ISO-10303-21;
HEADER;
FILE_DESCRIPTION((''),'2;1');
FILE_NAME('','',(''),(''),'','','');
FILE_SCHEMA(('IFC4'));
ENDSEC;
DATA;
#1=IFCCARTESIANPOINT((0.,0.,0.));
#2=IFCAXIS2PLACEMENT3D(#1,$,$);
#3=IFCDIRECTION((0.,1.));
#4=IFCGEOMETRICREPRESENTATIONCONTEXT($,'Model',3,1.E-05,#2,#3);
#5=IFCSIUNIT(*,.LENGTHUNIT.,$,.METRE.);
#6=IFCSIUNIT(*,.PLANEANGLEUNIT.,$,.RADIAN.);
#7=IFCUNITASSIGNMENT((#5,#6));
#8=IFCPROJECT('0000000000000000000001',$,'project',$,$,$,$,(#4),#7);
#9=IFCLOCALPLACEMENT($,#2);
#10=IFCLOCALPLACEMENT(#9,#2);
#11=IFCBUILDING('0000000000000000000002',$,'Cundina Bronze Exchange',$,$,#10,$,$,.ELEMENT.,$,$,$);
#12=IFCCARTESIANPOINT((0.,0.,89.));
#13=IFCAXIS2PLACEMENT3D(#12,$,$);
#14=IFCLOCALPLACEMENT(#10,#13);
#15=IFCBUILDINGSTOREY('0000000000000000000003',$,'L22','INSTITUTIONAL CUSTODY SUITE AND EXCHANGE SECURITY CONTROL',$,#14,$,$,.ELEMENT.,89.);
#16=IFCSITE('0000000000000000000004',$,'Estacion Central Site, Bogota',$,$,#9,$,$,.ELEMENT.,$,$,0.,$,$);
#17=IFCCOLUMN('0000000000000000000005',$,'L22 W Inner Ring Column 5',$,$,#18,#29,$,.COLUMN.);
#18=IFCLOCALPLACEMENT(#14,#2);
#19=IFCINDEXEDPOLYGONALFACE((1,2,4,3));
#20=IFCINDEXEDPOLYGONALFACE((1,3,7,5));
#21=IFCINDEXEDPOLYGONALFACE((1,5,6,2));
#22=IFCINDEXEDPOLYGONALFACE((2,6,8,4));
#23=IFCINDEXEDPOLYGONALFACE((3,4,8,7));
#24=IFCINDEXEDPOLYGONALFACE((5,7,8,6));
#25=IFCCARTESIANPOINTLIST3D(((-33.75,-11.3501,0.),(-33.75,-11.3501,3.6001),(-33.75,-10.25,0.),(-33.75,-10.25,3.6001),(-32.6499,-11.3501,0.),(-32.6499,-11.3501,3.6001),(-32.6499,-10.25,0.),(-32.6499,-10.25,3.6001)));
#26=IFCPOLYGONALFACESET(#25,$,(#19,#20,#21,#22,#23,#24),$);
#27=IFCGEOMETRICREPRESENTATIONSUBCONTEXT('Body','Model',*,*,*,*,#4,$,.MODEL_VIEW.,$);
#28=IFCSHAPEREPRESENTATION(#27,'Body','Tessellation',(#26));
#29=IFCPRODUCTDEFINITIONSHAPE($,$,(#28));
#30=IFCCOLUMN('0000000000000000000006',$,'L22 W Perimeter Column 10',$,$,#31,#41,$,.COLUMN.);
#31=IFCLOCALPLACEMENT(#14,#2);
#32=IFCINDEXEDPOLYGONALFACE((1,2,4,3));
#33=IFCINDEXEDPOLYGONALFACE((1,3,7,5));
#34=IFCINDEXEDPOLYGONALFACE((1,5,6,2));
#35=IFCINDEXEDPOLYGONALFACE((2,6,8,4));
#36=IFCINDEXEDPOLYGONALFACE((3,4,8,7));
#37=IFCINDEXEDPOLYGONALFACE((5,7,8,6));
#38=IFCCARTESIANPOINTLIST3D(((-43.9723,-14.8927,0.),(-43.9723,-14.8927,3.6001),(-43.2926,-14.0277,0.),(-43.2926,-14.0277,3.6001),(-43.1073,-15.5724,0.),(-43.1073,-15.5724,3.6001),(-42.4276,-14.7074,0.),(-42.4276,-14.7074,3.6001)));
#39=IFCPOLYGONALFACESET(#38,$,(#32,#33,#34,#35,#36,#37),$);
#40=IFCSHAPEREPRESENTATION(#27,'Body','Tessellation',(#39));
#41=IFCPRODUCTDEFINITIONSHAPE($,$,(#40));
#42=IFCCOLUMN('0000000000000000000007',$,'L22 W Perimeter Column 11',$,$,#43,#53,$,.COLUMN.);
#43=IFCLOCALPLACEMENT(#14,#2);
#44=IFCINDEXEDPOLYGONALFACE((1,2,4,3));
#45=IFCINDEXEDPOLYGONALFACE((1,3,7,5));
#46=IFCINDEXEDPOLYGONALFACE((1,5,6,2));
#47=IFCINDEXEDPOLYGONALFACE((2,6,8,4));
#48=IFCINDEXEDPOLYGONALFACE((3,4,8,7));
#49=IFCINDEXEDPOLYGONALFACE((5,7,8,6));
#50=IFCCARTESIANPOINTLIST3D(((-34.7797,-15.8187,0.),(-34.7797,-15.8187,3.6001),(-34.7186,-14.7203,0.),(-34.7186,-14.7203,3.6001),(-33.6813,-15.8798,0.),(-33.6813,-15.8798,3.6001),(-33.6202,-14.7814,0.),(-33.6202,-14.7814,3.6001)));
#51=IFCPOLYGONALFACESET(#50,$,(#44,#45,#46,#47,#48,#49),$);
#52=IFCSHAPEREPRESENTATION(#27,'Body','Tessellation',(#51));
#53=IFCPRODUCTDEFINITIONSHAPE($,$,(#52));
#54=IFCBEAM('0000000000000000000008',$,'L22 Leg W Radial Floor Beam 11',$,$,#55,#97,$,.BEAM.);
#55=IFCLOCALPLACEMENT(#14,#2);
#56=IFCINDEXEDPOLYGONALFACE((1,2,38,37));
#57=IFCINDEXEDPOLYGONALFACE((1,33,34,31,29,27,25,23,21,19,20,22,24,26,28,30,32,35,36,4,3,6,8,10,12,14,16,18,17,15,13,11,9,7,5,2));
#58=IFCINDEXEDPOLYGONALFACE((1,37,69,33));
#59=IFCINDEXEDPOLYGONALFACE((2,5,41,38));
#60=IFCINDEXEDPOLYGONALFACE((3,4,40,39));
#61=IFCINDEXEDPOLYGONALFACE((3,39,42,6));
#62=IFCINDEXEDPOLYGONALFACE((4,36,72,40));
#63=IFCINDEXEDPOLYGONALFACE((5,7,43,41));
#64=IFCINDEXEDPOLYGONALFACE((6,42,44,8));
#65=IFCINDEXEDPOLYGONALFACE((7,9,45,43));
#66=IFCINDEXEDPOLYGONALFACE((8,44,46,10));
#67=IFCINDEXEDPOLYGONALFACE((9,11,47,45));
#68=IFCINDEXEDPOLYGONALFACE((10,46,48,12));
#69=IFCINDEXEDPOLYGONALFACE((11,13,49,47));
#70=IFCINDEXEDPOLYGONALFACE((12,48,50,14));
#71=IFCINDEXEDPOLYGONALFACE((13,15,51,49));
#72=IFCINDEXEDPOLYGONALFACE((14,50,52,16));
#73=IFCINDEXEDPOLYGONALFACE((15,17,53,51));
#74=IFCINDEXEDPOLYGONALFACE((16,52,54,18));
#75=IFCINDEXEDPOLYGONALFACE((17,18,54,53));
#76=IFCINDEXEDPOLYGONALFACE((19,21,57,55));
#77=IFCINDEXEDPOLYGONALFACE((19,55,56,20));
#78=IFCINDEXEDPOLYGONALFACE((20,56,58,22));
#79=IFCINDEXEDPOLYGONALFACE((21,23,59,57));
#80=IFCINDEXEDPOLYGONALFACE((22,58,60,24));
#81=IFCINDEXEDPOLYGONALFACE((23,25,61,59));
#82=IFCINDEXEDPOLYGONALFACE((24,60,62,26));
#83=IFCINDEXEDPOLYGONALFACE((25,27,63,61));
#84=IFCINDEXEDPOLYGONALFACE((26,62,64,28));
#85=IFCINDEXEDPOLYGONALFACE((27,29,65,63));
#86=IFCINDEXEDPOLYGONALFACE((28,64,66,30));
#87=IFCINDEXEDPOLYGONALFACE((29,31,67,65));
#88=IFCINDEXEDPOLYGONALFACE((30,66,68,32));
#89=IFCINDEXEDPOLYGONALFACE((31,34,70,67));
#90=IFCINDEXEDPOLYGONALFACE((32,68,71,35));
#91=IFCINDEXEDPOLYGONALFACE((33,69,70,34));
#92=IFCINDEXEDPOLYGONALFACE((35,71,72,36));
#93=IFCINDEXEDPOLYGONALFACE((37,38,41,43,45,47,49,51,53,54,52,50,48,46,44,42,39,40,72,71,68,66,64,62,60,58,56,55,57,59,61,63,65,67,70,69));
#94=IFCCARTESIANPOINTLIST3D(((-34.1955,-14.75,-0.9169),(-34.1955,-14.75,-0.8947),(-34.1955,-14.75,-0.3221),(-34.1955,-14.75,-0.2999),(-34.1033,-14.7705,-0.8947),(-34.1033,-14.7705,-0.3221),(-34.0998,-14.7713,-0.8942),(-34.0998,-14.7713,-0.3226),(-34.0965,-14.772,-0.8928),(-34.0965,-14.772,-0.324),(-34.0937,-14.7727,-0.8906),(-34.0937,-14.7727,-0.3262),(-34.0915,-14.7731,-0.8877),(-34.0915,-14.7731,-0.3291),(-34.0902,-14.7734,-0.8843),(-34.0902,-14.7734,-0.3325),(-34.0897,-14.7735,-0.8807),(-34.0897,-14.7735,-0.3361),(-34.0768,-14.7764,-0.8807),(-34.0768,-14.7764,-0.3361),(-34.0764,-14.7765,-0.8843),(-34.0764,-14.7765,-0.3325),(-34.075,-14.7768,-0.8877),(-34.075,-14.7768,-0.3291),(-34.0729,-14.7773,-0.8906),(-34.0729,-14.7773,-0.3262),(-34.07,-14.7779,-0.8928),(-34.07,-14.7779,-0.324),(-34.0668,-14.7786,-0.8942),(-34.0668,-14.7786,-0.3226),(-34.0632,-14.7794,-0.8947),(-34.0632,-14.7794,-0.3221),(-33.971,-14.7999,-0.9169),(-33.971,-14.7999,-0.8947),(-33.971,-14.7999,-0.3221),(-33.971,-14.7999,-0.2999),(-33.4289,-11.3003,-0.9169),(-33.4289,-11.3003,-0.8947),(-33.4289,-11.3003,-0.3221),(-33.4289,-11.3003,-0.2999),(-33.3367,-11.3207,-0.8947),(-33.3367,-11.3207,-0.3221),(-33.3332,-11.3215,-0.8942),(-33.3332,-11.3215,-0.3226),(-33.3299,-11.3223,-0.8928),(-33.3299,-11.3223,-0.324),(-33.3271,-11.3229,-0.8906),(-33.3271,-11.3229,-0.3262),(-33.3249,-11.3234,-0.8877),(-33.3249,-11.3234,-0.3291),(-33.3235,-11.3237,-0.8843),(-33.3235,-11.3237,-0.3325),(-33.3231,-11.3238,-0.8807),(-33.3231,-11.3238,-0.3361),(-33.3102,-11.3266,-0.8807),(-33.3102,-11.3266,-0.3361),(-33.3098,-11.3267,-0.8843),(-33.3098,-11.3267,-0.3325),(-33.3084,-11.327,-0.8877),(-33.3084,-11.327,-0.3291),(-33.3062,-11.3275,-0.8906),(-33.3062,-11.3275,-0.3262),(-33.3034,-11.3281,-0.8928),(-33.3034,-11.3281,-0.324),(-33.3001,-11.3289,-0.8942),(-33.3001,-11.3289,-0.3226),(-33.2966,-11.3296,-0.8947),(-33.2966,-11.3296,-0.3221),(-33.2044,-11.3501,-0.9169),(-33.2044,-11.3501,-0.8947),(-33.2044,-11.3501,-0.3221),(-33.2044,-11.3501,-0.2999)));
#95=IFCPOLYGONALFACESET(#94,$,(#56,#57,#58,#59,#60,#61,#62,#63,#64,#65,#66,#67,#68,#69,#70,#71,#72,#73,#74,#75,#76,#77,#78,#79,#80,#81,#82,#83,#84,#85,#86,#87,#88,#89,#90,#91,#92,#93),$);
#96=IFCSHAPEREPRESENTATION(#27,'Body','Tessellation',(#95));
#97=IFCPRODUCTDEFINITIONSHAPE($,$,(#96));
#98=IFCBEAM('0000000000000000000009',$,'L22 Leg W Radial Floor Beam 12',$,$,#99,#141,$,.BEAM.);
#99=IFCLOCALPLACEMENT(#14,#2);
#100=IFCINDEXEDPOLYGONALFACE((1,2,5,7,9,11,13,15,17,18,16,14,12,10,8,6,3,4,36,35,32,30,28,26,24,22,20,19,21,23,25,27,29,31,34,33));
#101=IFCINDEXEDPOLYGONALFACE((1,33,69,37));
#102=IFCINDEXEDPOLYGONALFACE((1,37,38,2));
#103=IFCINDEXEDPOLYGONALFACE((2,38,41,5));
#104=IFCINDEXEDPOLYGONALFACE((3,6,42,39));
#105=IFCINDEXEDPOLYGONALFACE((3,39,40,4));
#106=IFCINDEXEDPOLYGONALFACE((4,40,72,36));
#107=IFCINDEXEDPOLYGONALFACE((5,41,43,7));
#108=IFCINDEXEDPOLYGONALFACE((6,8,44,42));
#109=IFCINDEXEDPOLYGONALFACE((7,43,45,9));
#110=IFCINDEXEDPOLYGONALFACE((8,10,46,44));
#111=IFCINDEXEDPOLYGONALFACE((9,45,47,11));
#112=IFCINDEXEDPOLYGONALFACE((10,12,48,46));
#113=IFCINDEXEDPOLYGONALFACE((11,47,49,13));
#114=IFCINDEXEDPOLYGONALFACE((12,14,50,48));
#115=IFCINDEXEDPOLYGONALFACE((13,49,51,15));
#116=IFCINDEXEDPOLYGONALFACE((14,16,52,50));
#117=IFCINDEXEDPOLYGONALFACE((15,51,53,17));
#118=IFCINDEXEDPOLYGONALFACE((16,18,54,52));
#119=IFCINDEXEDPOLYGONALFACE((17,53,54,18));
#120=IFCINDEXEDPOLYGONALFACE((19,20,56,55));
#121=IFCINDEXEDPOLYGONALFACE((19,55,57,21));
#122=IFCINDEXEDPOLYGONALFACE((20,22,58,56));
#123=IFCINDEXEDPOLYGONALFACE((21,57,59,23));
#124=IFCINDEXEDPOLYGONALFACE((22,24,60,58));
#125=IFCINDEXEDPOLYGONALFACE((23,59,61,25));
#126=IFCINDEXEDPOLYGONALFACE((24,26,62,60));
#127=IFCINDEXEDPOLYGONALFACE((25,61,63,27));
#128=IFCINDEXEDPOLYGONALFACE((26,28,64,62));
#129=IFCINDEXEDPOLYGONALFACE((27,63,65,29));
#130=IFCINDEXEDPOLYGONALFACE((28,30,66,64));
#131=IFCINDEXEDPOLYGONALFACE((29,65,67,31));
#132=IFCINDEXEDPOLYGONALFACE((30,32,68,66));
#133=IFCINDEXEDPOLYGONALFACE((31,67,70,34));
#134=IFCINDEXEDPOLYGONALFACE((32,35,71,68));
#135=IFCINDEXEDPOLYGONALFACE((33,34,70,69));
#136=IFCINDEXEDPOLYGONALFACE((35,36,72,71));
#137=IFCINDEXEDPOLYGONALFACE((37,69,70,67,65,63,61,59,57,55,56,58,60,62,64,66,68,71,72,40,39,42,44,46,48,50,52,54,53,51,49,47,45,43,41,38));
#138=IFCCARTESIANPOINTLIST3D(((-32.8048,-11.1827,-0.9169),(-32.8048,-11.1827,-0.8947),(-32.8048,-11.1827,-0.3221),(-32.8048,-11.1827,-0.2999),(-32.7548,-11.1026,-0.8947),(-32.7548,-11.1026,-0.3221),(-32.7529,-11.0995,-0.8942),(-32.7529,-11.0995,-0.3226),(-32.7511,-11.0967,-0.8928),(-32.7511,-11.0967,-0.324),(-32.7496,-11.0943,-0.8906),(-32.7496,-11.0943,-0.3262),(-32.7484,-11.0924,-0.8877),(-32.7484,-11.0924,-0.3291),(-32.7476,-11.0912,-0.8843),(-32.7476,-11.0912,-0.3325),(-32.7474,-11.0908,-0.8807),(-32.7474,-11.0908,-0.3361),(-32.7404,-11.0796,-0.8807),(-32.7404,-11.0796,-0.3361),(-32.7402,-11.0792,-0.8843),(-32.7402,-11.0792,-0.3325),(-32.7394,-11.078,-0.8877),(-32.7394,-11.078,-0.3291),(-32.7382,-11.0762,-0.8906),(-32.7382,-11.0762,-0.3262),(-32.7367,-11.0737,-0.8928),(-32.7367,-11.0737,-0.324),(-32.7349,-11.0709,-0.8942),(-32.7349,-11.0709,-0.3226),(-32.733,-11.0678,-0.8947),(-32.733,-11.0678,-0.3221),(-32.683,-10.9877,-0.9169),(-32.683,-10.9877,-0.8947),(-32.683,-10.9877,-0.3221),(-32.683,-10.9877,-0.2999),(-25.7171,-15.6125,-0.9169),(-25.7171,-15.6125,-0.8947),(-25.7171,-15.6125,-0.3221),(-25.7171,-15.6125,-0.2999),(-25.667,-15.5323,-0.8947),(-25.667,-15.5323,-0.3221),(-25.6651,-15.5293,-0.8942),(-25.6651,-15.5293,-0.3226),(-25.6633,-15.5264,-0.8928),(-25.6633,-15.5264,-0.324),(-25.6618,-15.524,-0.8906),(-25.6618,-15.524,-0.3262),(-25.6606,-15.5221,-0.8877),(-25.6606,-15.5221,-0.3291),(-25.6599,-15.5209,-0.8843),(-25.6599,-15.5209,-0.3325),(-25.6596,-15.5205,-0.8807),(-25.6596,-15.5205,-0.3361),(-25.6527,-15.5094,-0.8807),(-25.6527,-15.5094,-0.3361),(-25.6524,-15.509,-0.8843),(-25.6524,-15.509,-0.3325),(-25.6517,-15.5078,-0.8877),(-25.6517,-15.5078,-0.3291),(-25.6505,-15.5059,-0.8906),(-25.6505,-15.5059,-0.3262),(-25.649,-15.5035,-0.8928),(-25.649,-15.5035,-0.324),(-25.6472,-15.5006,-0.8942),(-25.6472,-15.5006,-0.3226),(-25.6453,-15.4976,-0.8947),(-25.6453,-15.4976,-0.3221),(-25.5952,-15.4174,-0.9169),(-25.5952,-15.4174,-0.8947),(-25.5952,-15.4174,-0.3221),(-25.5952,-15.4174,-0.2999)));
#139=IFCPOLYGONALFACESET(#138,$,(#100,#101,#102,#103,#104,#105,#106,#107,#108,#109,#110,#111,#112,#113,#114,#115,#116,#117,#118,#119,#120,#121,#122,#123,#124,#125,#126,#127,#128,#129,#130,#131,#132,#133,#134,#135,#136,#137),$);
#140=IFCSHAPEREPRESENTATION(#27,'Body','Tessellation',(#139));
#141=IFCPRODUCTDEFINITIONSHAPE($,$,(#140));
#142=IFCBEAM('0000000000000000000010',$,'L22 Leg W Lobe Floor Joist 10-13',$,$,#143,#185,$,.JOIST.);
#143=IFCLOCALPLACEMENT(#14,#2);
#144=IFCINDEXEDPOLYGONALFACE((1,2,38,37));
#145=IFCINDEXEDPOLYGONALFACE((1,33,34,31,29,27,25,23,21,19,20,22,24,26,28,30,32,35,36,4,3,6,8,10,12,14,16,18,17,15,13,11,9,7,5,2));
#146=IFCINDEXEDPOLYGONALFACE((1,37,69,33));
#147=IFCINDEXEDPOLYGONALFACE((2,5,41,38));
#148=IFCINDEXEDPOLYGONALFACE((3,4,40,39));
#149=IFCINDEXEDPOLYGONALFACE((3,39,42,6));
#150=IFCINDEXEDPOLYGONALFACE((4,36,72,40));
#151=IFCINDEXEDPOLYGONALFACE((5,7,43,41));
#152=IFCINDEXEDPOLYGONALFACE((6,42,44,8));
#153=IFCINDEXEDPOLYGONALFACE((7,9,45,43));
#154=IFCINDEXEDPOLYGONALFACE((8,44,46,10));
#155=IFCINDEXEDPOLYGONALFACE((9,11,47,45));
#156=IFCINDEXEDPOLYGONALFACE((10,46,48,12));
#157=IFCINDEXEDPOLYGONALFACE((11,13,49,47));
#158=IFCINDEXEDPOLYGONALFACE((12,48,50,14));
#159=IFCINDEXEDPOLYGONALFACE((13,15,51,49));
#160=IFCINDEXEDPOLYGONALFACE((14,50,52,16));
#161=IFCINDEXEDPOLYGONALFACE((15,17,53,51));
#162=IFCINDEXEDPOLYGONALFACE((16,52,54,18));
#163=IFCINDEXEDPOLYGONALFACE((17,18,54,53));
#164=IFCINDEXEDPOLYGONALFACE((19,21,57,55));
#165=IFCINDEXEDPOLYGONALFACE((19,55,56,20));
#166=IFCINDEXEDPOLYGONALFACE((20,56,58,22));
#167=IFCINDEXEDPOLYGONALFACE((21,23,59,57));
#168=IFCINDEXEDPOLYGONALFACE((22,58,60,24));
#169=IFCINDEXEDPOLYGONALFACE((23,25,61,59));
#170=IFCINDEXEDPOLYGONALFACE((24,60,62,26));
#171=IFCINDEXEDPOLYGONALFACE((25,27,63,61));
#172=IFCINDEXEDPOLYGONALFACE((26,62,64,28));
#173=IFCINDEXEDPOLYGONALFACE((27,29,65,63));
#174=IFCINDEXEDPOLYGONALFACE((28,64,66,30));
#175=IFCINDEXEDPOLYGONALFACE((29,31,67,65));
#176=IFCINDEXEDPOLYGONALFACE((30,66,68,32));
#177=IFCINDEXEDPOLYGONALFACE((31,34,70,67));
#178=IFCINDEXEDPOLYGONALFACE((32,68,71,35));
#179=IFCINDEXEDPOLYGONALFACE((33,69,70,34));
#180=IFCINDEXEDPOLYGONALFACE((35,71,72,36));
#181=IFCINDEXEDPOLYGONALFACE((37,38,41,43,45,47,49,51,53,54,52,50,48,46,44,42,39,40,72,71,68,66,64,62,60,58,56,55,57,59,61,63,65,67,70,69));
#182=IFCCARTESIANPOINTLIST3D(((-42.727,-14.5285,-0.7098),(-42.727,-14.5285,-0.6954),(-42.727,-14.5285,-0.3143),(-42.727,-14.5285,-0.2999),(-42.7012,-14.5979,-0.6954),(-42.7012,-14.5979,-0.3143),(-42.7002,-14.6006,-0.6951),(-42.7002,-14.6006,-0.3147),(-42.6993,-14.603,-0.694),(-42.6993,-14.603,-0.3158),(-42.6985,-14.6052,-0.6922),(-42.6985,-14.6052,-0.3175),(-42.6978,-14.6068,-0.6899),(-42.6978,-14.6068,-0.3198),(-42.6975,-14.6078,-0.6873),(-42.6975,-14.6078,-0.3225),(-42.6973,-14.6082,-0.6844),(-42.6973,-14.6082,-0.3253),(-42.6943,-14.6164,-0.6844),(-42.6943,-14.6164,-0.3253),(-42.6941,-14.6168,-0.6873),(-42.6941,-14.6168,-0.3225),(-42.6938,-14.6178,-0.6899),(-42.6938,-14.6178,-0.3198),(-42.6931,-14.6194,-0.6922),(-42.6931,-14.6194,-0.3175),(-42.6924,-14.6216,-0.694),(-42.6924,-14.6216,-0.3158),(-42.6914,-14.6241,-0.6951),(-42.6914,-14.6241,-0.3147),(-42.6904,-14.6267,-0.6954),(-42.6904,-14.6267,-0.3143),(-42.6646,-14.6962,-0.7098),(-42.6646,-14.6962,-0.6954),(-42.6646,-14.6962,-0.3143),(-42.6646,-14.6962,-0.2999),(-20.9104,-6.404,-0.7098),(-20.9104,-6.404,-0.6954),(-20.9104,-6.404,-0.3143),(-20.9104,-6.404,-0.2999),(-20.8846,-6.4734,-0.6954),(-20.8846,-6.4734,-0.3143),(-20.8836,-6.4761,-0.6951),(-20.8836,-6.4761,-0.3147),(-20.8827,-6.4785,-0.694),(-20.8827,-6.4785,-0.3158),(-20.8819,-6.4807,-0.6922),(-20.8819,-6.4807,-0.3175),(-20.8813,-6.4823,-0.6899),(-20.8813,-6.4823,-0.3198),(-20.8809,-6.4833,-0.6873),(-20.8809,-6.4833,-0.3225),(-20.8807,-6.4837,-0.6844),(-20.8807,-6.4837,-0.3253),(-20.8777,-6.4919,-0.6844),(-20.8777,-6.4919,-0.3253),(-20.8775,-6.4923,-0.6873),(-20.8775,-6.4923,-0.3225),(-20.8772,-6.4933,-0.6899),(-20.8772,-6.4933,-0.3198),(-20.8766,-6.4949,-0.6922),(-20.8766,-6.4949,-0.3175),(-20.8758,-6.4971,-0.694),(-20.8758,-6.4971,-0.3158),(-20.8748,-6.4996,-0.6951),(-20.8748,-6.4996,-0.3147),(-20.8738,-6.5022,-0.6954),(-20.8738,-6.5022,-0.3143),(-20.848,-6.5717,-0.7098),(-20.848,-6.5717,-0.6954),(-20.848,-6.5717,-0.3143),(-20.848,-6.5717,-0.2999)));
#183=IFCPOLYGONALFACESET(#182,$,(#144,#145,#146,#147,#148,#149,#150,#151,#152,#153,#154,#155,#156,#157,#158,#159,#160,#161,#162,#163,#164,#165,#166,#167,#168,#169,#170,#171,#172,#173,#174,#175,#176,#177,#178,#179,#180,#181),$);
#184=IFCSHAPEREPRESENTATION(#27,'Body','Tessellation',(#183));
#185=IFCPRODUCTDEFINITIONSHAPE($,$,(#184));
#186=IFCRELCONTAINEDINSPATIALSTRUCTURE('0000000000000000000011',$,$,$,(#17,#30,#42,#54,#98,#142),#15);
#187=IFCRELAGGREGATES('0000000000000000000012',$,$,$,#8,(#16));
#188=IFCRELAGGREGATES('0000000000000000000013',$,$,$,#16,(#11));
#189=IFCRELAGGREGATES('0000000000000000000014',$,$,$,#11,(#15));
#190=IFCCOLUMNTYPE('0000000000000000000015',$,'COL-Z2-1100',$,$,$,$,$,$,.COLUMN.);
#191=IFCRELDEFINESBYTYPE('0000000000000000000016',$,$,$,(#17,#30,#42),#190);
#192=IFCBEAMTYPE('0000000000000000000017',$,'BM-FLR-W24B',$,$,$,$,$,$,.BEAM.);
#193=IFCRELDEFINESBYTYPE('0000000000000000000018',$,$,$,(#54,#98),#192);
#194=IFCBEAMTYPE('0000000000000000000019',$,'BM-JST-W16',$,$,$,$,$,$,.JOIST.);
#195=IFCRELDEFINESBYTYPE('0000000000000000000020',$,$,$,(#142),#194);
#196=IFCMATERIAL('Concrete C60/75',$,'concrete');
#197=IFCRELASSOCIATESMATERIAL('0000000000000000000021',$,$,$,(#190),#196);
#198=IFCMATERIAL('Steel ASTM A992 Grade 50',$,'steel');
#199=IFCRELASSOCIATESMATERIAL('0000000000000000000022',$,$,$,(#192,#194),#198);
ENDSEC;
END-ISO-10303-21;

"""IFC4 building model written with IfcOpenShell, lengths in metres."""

from ifc_helpers import new_model, si_unit, direction, frame, origin, origin_2d, place, context, subcontext, project, spatial, rectangle, i_section, extrude, material, material_profile, profile_set, type_object, element, save


model = new_model("IFC4")

# Units and contexts
model_context = context("Model", 3, precision=1e-05, world=origin(), true_north=direction((0.0, 1.0)))
body_context = subcontext(model_context, "Body", "Model", "MODEL_VIEW")
ifc_project = project(units=[si_unit("LENGTHUNIT", "METRE"), si_unit("PLANEANGLEUNIT", "RADIAN")], contexts=[model_context])

# Site, building, storey
site_placement = place(None, origin())
site = spatial("IfcSite", under=ifc_project, at=site_placement, Name="Estacion Central Site, Bogota", CompositionType="ELEMENT", RefElevation=0.0)
building_placement = place(site_placement, origin())
building = spatial("IfcBuilding", under=site, at=building_placement, Name="Cundina Bronze Exchange", CompositionType="ELEMENT")
storey_placement = place(building_placement, frame((0.0, 0.0, 89.0)))
storey = spatial("IfcBuildingStorey", under=building, at=storey_placement, Name="L22", Description="INSTITUTIONAL CUSTODY SUITE AND EXCHANGE SECURITY CONTROL", CompositionType="ELEMENT", Elevation=89.0)

# Columns
ifc_material_1 = material(Name="Concrete C60/75", Category="concrete")
ifc_material_profile_1 = material_profile(ifc_material_1, rectangle(XDim=1.1001, YDim=1.1001, at=origin_2d()), Name="RC1100X1100", Category="concrete")
ifc_profile_set_1 = profile_set([ifc_material_profile_1], Name="Concrete C60/75")
column_type = type_object("IfcColumnType", Name="COL-Z2-1100", PredefinedType="COLUMN", material=ifc_profile_set_1)
for number, where, z_axis, x_axis, name in (
    (1, (-33.2, -10.8, 0.0), (0.0, 0.0, 1.0), (1.0, 0.0, 0.0), "L22 W Inner Ring Column 5"),
    (2, (-43.2, -14.8, 0.0), (0.0, 0.0, 1.0), (0.786288, -0.61786, 0.0), "L22 W Perimeter Column 10"),
    (3, (-34.2, -15.3, 0.0), (0.0, 0.0, 1.0), (0.99846, -0.055473, 0.0), "L22 W Perimeter Column 11"),
):
    element("IfcColumn", number, at=place(storey_placement, frame(where, z_axis=z_axis, x_axis=x_axis)), inside=storey, type_object=column_type, Name=name, PredefinedType="COLUMN", context=body_context, shape_type="SweptSolid", body=[
        extrude(rectangle(XDim=1.1001, YDim=1.1001, at=origin_2d()), origin(), (0.0, 0.0, 1.0), 3.6001),
    ])

# Beams
ifc_material_2 = material(Name="Steel ASTM A992 Grade 50", Category="steel")
ifc_material_profile_2 = material_profile(ifc_material_2, i_section(OverallWidth=0.23, OverallDepth=0.6169, WebThickness=0.0132, FlangeThickness=0.0222, FilletRadius=0.0139, at=origin_2d()), Name="W24X94", Category="steel")
ifc_profile_set_2 = profile_set([ifc_material_profile_2], Name="Steel ASTM A992 Grade 50")
beam_type_1 = type_object("IfcBeamType", Name="BM-FLR-W24B", PredefinedType="BEAM", material=ifc_profile_set_2)
beam_1_placement = place(storey_placement, frame((-33.3167, -11.3252, -0.6084), z_axis=(-0.21693, -0.976187, 0.0), x_axis=(0.976187, -0.21693, 0.0)))
element("IfcBeam", 4, at=beam_1_placement, inside=storey, type_object=beam_type_1, Name="L22 Leg W Radial Floor Beam 11", PredefinedType="BEAM", context=body_context, shape_type="SweptSolid", body=[
    extrude(i_section(OverallWidth=0.23, OverallDepth=0.6169, WebThickness=0.0132, FlangeThickness=0.0222, FilletRadius=0.0139, at=origin_2d()), origin(), (0.0, 0.0, 1.0), 3.5339),
])
beam_2_placement = place(storey_placement, frame((-32.7439, -11.0852, -0.6084), z_axis=(0.848003, -0.529991, 0.0), x_axis=(0.529991, 0.848003, 0.0)))
element("IfcBeam", 5, at=beam_2_placement, inside=storey, type_object=beam_type_1, Name="L22 Leg W Radial Floor Beam 12", PredefinedType="BEAM", context=body_context, shape_type="SweptSolid", body=[
    extrude(i_section(OverallWidth=0.23, OverallDepth=0.6169, WebThickness=0.0132, FlangeThickness=0.0222, FilletRadius=0.0139, at=origin_2d()), origin(), (0.0, 0.0, 1.0), 8.3582),
])
ifc_material_profile_3 = material_profile(ifc_material_2, i_section(OverallWidth=0.179, OverallDepth=0.4099, WebThickness=0.0088, FlangeThickness=0.0144, FilletRadius=0.011, at=origin_2d()), Name="W16X45", Category="steel")
ifc_profile_set_3 = profile_set([ifc_material_profile_3], Name="Steel ASTM A992 Grade 50")
beam_type_2 = type_object("IfcBeamType", Name="BM-JST-W16", PredefinedType="JOIST", material=ifc_profile_set_3)
beam_3_placement = place(storey_placement, frame((-42.6958, -14.6123, -0.5049), z_axis=(0.937128, 0.348986, 0.0), x_axis=(-0.348986, 0.937128, 0.0)))
element("IfcBeam", 6, at=beam_3_placement, inside=storey, type_object=beam_type_2, Name="L22 Leg W Lobe Floor Joist 10-13", PredefinedType="JOIST", context=body_context, shape_type="SweptSolid", body=[
    extrude(i_section(OverallWidth=0.179, OverallDepth=0.4099, WebThickness=0.0088, FlangeThickness=0.0144, FilletRadius=0.011, at=origin_2d()), origin(), (0.0, 0.0, 1.0), 23.2803),
])

save(model, "model.ifc")
